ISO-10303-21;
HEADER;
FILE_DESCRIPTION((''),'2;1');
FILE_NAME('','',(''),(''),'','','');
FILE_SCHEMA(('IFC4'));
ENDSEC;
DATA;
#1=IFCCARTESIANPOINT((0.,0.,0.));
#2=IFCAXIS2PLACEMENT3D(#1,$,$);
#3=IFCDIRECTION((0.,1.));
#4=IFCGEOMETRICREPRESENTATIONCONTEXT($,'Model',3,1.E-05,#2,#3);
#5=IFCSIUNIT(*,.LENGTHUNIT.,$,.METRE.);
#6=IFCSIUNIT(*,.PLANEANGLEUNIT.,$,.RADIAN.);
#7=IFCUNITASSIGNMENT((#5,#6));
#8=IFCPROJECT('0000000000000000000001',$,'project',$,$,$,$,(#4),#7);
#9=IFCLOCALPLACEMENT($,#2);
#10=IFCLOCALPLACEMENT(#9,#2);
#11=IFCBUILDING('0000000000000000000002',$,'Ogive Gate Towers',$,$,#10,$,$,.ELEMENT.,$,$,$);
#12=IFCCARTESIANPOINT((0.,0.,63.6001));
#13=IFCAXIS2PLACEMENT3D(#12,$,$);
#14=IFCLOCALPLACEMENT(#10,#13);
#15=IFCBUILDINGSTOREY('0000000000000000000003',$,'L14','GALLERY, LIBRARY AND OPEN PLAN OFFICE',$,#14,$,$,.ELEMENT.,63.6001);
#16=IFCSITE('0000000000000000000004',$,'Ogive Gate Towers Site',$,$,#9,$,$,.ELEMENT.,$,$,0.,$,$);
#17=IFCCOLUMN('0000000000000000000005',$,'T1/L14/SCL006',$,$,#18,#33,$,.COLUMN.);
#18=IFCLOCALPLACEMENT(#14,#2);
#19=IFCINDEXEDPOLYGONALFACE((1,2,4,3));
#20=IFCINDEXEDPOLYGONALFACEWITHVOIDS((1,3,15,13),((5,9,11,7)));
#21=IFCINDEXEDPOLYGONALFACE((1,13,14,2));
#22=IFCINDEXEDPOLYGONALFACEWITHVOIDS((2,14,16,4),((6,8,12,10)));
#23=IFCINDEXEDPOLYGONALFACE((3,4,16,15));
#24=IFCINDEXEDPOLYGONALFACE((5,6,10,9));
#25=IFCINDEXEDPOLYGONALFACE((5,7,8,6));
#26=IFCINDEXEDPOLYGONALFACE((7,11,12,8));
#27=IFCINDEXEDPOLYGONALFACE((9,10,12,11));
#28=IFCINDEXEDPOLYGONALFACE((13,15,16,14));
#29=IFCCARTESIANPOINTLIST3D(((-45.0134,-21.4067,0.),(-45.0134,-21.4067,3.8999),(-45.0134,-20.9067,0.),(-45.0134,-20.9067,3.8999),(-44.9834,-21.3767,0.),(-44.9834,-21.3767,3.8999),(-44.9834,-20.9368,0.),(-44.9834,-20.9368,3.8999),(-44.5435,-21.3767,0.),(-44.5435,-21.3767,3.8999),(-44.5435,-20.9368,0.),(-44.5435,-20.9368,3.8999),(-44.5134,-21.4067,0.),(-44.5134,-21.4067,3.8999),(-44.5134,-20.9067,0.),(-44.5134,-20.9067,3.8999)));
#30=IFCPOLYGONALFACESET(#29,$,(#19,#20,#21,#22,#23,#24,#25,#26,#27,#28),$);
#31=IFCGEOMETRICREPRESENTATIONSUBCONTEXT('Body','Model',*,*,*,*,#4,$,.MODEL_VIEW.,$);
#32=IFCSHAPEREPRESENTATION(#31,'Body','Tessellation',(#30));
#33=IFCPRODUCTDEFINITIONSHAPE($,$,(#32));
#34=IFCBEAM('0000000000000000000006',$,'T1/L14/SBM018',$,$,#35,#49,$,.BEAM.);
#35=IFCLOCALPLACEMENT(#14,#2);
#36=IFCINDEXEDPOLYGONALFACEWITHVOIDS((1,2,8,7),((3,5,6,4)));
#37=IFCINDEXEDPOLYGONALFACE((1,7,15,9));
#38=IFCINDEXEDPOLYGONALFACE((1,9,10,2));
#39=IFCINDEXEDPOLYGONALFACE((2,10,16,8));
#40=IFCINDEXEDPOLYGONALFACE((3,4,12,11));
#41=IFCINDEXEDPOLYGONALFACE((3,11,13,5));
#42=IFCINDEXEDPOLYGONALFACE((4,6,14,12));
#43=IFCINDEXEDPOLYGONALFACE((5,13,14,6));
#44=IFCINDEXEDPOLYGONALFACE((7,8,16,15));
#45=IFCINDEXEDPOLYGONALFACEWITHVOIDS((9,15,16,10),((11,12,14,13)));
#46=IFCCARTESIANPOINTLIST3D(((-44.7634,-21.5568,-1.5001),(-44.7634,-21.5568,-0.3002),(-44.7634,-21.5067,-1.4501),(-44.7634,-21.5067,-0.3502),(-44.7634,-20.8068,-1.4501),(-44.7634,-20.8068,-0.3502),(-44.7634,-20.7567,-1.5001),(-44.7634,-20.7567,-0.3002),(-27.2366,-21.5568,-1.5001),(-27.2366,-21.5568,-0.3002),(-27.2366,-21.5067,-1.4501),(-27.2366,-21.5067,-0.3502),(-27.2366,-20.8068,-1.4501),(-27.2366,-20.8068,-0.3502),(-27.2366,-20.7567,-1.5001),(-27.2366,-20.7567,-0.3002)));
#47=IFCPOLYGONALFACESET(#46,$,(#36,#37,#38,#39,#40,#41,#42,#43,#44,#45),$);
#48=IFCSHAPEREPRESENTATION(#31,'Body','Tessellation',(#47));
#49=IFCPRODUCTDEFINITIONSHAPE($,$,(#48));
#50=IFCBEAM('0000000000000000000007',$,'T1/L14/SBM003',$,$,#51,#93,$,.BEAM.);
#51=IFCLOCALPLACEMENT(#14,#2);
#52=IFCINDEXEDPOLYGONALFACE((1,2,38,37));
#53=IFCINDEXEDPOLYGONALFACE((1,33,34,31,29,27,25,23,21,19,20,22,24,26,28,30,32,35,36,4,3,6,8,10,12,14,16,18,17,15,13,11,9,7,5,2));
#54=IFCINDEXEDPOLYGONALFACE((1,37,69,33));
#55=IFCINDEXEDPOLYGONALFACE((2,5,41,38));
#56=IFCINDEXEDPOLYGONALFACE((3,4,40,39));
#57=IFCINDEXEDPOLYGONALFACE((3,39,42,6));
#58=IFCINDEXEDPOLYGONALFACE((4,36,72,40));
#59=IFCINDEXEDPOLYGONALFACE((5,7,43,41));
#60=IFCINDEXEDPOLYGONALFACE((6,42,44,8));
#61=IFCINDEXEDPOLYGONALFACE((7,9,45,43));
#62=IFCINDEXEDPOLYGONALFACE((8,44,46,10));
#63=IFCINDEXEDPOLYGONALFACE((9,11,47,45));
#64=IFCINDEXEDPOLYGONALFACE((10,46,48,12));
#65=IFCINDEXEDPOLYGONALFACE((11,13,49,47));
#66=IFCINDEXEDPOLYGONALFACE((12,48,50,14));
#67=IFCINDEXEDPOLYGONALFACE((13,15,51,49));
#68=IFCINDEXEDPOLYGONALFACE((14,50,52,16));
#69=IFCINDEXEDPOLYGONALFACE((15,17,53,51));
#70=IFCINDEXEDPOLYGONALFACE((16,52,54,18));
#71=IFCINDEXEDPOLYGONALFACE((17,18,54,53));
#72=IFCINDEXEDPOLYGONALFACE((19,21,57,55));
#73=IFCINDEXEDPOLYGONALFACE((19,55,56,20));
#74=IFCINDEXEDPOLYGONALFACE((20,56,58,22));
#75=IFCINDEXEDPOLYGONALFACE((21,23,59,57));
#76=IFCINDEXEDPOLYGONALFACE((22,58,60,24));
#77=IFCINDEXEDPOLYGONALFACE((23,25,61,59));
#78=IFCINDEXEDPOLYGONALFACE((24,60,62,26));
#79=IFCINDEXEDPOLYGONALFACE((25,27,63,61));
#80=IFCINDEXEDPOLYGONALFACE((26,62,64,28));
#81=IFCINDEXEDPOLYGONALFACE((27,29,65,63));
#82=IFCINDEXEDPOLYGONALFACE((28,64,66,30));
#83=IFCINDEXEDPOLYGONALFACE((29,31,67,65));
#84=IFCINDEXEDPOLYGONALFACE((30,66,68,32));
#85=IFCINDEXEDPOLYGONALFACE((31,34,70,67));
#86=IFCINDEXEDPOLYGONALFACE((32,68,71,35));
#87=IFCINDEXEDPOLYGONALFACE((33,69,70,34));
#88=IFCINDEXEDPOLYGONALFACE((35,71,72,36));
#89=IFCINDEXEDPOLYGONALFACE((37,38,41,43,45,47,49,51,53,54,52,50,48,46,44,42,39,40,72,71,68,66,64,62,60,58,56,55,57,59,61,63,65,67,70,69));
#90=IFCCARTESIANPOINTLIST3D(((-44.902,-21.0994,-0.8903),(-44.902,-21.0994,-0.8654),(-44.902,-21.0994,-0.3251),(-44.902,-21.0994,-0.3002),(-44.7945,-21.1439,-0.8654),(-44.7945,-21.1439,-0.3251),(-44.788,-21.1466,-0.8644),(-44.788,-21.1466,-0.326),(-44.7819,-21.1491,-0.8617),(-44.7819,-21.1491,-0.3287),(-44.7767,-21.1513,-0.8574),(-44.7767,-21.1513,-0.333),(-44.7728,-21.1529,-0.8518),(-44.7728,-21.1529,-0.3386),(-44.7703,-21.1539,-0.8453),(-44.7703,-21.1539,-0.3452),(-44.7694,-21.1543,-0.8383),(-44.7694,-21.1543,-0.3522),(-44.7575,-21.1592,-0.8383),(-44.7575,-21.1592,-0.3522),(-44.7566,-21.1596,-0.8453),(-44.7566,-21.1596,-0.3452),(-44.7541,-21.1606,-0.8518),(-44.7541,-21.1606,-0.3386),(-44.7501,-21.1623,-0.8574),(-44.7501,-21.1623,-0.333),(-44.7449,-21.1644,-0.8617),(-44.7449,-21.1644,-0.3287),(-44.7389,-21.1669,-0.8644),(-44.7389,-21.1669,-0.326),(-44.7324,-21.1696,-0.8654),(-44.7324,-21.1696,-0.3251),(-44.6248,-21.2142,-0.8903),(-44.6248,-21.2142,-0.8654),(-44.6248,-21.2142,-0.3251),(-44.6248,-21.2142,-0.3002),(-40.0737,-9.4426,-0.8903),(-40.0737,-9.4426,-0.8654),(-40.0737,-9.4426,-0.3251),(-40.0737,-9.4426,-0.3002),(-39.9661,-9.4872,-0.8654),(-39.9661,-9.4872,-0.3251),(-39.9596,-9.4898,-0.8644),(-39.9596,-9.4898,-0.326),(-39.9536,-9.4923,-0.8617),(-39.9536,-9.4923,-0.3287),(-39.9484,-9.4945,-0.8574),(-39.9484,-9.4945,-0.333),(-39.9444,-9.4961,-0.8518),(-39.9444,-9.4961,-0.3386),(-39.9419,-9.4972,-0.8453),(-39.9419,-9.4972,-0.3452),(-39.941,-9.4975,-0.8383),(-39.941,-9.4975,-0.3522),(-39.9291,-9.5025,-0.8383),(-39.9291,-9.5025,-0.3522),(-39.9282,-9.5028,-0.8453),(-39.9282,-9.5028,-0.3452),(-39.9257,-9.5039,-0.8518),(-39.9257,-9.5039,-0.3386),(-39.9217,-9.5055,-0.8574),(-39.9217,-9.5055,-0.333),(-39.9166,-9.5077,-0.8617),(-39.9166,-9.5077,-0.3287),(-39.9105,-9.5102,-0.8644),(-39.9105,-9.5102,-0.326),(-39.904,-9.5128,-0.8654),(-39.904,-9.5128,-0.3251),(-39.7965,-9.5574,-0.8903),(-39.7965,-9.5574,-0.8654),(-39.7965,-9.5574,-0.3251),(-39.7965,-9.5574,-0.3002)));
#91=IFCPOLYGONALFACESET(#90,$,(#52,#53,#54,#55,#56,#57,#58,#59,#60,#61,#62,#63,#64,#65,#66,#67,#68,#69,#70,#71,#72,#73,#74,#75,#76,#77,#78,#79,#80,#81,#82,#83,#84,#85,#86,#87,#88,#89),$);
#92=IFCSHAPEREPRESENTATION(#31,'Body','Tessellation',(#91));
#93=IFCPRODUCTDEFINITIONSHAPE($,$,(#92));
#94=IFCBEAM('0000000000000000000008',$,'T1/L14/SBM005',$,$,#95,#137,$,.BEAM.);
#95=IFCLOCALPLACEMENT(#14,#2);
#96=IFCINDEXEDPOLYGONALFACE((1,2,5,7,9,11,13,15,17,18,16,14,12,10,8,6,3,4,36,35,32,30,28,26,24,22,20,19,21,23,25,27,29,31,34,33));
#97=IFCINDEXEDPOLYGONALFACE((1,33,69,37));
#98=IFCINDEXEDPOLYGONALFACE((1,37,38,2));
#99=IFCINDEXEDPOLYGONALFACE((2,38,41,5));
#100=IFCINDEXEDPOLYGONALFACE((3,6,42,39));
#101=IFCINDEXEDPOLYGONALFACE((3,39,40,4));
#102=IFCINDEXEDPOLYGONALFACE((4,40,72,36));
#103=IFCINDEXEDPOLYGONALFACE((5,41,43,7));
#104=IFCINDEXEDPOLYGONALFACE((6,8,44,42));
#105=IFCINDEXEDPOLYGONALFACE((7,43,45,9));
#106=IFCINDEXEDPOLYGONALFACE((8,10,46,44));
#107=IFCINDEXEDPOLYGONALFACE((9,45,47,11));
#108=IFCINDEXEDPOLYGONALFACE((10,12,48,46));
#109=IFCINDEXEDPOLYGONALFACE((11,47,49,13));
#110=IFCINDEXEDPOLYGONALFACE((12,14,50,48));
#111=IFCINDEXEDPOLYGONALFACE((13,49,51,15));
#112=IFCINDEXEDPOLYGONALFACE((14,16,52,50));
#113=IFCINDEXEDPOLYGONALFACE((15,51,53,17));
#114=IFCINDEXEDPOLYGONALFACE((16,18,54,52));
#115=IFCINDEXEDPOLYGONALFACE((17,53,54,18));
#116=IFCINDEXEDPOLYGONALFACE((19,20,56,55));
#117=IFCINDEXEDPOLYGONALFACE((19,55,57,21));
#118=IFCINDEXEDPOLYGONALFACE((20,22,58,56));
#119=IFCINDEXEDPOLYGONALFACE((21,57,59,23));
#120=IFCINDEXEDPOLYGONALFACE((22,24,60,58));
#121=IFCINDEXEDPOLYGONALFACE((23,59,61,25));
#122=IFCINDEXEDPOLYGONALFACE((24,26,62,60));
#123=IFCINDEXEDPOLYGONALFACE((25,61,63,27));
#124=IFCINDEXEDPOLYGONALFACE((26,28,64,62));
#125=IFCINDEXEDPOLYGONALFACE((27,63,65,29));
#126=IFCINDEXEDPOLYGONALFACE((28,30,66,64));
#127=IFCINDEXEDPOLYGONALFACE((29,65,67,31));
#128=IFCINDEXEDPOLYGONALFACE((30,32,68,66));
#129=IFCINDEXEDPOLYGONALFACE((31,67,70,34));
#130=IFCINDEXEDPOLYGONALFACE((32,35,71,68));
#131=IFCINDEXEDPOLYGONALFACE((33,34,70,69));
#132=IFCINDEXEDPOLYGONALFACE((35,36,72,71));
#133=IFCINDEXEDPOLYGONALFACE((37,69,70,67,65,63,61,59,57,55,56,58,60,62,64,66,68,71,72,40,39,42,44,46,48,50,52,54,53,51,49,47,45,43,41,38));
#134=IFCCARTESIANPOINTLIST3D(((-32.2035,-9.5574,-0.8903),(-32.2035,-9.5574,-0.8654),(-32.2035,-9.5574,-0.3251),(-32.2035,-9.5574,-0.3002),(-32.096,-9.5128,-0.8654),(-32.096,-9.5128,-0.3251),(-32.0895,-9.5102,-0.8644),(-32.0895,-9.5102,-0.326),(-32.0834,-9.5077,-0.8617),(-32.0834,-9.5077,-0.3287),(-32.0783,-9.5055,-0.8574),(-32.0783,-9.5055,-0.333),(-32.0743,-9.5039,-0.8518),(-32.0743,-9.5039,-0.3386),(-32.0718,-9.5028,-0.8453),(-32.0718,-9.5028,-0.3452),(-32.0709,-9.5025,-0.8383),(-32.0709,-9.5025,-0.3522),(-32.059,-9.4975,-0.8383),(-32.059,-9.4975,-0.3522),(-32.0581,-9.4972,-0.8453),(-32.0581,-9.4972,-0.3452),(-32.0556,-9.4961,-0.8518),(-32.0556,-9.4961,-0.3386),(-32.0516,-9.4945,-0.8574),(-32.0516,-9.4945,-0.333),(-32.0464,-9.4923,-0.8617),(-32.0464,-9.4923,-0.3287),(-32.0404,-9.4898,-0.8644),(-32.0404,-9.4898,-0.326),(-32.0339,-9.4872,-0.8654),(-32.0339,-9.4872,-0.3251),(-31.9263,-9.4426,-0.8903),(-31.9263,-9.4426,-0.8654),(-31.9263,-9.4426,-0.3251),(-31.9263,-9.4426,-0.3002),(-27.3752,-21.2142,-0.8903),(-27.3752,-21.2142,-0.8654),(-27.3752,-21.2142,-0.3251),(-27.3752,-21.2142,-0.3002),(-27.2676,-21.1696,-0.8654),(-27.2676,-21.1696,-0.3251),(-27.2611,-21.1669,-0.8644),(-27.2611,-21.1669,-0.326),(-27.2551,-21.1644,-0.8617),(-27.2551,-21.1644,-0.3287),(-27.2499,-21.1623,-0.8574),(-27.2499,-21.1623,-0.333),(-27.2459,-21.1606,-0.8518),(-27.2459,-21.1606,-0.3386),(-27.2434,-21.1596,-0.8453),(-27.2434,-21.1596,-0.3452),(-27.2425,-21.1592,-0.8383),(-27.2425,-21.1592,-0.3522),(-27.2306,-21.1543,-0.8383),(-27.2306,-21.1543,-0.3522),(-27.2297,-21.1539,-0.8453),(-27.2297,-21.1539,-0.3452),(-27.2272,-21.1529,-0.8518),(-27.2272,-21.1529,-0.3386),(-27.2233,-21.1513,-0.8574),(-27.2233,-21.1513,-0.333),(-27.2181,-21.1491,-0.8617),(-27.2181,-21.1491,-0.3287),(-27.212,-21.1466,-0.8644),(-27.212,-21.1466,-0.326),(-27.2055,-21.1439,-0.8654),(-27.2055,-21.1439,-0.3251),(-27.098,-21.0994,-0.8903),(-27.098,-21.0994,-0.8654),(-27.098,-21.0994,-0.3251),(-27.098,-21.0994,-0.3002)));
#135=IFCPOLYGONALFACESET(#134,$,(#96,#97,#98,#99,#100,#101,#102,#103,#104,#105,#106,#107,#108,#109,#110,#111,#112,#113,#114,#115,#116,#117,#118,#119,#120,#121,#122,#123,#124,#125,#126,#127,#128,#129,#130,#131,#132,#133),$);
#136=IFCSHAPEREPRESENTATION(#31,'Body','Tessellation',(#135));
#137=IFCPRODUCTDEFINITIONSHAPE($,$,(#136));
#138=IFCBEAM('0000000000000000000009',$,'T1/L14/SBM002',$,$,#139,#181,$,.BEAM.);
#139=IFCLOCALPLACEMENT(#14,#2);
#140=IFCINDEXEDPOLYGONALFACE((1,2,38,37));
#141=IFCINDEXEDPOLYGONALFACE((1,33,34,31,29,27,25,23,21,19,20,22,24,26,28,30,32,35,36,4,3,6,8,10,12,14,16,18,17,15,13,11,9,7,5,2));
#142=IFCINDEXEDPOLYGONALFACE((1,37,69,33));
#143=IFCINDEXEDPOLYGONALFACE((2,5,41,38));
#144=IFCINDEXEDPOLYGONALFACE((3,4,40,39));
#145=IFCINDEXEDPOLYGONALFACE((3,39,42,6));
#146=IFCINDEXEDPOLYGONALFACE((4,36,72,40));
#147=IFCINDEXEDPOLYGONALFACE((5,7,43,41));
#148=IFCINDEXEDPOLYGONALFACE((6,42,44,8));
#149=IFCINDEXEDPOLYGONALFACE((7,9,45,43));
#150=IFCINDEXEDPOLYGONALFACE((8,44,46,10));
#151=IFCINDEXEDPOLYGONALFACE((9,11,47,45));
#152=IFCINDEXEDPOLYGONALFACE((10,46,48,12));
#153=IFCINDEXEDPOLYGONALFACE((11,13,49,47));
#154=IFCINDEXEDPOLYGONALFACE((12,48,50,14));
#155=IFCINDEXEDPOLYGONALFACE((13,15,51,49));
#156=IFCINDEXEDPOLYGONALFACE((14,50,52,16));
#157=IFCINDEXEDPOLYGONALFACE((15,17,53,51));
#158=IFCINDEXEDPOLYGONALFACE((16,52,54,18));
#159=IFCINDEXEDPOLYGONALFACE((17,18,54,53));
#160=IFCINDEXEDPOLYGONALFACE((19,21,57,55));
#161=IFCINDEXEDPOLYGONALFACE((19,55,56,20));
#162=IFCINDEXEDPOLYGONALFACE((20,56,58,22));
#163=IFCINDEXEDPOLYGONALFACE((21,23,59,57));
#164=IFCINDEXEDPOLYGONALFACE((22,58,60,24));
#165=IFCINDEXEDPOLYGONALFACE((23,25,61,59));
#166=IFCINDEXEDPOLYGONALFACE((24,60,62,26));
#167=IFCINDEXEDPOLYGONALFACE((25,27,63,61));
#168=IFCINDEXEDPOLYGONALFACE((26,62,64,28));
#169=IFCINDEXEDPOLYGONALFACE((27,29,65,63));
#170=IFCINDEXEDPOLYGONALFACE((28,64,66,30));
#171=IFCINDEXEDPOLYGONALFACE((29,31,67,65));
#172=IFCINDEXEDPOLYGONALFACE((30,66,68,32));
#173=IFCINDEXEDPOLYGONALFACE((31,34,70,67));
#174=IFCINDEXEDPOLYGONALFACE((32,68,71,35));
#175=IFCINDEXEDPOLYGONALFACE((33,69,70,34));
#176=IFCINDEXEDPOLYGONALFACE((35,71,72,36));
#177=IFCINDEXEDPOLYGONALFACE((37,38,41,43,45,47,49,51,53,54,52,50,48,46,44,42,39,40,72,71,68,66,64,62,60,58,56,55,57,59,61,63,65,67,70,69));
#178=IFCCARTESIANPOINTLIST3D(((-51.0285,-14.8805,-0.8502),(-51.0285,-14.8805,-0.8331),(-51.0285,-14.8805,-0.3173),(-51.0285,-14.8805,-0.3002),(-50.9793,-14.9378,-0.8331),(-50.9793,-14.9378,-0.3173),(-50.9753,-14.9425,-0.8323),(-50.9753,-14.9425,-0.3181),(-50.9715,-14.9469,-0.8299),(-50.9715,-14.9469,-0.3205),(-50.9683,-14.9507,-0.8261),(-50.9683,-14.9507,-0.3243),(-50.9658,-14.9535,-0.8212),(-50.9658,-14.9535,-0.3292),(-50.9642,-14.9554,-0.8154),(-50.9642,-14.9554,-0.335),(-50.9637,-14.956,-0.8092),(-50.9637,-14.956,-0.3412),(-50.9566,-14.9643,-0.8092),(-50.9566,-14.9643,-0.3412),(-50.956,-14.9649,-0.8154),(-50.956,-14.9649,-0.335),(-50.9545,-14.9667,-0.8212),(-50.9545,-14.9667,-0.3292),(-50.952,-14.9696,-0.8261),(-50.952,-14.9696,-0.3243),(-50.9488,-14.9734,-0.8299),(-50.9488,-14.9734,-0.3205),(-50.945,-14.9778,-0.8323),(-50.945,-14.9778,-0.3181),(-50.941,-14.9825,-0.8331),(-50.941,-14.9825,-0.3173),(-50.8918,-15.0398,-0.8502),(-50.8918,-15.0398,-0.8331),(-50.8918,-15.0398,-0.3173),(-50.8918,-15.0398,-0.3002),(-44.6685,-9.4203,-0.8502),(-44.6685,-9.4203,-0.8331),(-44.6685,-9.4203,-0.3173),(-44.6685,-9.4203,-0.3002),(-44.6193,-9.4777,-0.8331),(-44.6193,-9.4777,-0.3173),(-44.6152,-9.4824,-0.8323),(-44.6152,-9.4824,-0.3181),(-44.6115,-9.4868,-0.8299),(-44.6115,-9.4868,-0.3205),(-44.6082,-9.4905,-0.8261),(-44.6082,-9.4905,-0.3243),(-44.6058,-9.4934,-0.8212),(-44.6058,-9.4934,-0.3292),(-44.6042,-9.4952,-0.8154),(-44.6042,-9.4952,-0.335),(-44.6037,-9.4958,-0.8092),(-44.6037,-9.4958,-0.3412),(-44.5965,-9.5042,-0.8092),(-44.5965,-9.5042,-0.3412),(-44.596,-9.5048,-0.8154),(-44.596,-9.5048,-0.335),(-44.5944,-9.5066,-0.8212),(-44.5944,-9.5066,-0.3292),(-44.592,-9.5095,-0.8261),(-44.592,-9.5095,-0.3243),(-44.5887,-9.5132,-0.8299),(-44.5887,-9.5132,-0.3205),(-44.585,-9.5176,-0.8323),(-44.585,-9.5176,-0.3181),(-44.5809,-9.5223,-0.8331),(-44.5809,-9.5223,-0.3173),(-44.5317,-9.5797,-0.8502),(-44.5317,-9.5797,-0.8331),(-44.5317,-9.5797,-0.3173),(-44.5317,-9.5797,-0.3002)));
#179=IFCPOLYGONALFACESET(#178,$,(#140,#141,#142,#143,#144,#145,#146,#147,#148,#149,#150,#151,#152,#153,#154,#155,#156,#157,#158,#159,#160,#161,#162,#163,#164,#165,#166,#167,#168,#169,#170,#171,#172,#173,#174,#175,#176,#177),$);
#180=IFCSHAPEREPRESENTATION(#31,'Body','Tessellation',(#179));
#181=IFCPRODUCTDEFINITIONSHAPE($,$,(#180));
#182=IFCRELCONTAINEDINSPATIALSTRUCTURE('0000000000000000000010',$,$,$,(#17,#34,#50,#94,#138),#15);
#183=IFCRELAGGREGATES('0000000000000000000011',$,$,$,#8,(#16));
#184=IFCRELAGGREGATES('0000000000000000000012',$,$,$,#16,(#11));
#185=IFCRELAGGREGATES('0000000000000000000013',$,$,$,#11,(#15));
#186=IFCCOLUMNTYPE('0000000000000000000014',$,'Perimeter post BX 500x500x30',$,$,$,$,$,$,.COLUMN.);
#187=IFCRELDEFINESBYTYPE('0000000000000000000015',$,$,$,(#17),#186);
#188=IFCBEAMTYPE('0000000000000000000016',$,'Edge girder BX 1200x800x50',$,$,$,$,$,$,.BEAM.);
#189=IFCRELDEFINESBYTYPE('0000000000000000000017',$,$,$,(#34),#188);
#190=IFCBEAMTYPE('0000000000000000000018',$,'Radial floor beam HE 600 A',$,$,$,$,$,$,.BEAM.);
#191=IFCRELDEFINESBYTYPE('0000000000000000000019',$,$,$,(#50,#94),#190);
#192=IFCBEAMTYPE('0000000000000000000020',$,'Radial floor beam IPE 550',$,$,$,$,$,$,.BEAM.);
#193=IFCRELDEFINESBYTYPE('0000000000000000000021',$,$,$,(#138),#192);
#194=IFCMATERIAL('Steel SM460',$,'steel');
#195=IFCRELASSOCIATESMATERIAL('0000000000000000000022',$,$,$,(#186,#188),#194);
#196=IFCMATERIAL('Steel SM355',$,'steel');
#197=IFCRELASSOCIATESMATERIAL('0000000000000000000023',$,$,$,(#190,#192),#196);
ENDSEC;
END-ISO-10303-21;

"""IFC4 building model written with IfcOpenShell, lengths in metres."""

from ifc_helpers import new_model, si_unit, direction, frame, origin, origin_2d, place, context, subcontext, project, spatial, hollow_rectangle, i_section, extrude, material, material_profile, profile_set, type_object, element, save


model = new_model("IFC4")

# Units and contexts
model_context = context("Model", 3, precision=1e-05, world=origin(), true_north=direction((0.0, 1.0)))
body_context = subcontext(model_context, "Body", "Model", "MODEL_VIEW")
ifc_project = project(units=[si_unit("LENGTHUNIT", "METRE"), si_unit("PLANEANGLEUNIT", "RADIAN")], contexts=[model_context])

# Site, building, storey
site_placement = place(None, origin())
site = spatial("IfcSite", under=ifc_project, at=site_placement, Name="Ogive Gate Towers Site", CompositionType="ELEMENT", RefElevation=0.0)
building_placement = place(site_placement, origin())
building = spatial("IfcBuilding", under=site, at=building_placement, Name="Ogive Gate Towers", CompositionType="ELEMENT")
storey_placement = place(building_placement, frame((0.0, 0.0, 63.6001)))
storey = spatial("IfcBuildingStorey", under=building, at=storey_placement, Name="L14", Description="GALLERY, LIBRARY AND OPEN PLAN OFFICE", CompositionType="ELEMENT", Elevation=63.6001)

# Column
ifc_material_1 = material(Name="Steel SM460", Category="steel")
ifc_material_profile_1 = material_profile(ifc_material_1, hollow_rectangle(XDim=0.5, YDim=0.5, WallThickness=0.03, at=origin_2d()), Name="BX 500x500x30")
ifc_profile_set_1 = profile_set([ifc_material_profile_1], Name="Steel SM460")
column_type = type_object("IfcColumnType", Name="Perimeter post BX 500x500x30", PredefinedType="COLUMN", material=ifc_profile_set_1)
column_placement = place(storey_placement, frame((-44.7634, -21.1567, 0.0), z_axis=(0.0, 0.0, 1.0), x_axis=(1.0, 0.0, 0.0)))
element("IfcColumn", 1, at=column_placement, inside=storey, type_object=column_type, Name="T1/L14/SCL006", PredefinedType="COLUMN", context=body_context, shape_type="SweptSolid", body=[
    extrude(hollow_rectangle(XDim=0.5, YDim=0.5, WallThickness=0.03, at=origin_2d()), origin(), (0.0, 0.0, 1.0), 3.8999),
])

# Beams
ifc_material_profile_2 = material_profile(ifc_material_1, hollow_rectangle(XDim=0.8, YDim=1.2, WallThickness=0.05, at=origin_2d()), Name="BX 1200x800x50")
ifc_profile_set_2 = profile_set([ifc_material_profile_2], Name="Steel SM460")
beam_type_1 = type_object("IfcBeamType", Name="Edge girder BX 1200x800x50", PredefinedType="BEAM", material=ifc_profile_set_2)
beam_1_placement = place(storey_placement, frame((-44.7634, -21.1567, -0.9001), z_axis=(1.0, 0.0, 0.0), x_axis=(0.0, 1.0, 0.0)))
element("IfcBeam", 2, at=beam_1_placement, inside=storey, type_object=beam_type_1, Name="T1/L14/SBM018", PredefinedType="BEAM", context=body_context, shape_type="SweptSolid", body=[
    extrude(hollow_rectangle(XDim=0.8, YDim=1.2, WallThickness=0.05, at=origin_2d()), origin(), (0.0, 0.0, 1.0), 17.5269),
])
ifc_material_2 = material(Name="Steel SM355", Category="steel")
ifc_material_profile_3 = material_profile(ifc_material_2, i_section(OverallWidth=0.3, OverallDepth=0.5901, WebThickness=0.0129, FlangeThickness=0.0249, FilletRadius=0.0271, at=origin_2d()), Name="HE 600 A")
ifc_profile_set_3 = profile_set([ifc_material_profile_3], Name="Steel SM355")
beam_type_2 = type_object("IfcBeamType", Name="Radial floor beam HE 600 A", PredefinedType="BEAM", material=ifc_profile_set_3)
for number, where, z_axis, x_axis, name in (
    (3, (-39.9351, -9.5, -0.5952), (-0.382683, -0.92388, 0.0), (0.92388, -0.382683, 0.0), "T1/L14/SBM003"),
    (4, (-32.0649, -9.5, -0.5952), (0.382683, -0.92388, 0.0), (0.92388, 0.382683, 0.0), "T1/L14/SBM005"),
):
    element("IfcBeam", number, at=place(storey_placement, frame(where, z_axis=z_axis, x_axis=x_axis)), inside=storey, type_object=beam_type_2, Name=name, PredefinedType="BEAM", context=body_context, shape_type="SweptSolid", body=[
        extrude(i_section(OverallWidth=0.3, OverallDepth=0.5901, WebThickness=0.0129, FlangeThickness=0.0249, FilletRadius=0.0271, at=origin_2d()), origin(), (0.0, 0.0, 1.0), 12.6172),
    ])
ifc_material_profile_4 = material_profile(ifc_material_2, i_section(OverallWidth=0.21, OverallDepth=0.55, WebThickness=0.011, FlangeThickness=0.0171, FilletRadius=0.0239, at=origin_2d()), Name="IPE 550")
ifc_profile_set_4 = profile_set([ifc_material_profile_4], Name="Steel SM355")
beam_type_3 = type_object("IfcBeamType", Name="Radial floor beam IPE 550", PredefinedType="BEAM", material=ifc_profile_set_4)
beam_2_placement = place(storey_placement, frame((-44.6001, -9.5, -0.5752), z_axis=(-0.758744, -0.651388, 0.0), x_axis=(0.651388, -0.758744, 0.0)))
element("IfcBeam", 5, at=beam_2_placement, inside=storey, type_object=beam_type_3, Name="T1/L14/SBM002", PredefinedType="BEAM", context=body_context, shape_type="SweptSolid", body=[
    extrude(i_section(OverallWidth=0.21, OverallDepth=0.55, WebThickness=0.011, FlangeThickness=0.0171, FilletRadius=0.0239, at=origin_2d()), origin(), (0.0, 0.0, 1.0), 8.3823),
])

save(model, "model.ifc")
